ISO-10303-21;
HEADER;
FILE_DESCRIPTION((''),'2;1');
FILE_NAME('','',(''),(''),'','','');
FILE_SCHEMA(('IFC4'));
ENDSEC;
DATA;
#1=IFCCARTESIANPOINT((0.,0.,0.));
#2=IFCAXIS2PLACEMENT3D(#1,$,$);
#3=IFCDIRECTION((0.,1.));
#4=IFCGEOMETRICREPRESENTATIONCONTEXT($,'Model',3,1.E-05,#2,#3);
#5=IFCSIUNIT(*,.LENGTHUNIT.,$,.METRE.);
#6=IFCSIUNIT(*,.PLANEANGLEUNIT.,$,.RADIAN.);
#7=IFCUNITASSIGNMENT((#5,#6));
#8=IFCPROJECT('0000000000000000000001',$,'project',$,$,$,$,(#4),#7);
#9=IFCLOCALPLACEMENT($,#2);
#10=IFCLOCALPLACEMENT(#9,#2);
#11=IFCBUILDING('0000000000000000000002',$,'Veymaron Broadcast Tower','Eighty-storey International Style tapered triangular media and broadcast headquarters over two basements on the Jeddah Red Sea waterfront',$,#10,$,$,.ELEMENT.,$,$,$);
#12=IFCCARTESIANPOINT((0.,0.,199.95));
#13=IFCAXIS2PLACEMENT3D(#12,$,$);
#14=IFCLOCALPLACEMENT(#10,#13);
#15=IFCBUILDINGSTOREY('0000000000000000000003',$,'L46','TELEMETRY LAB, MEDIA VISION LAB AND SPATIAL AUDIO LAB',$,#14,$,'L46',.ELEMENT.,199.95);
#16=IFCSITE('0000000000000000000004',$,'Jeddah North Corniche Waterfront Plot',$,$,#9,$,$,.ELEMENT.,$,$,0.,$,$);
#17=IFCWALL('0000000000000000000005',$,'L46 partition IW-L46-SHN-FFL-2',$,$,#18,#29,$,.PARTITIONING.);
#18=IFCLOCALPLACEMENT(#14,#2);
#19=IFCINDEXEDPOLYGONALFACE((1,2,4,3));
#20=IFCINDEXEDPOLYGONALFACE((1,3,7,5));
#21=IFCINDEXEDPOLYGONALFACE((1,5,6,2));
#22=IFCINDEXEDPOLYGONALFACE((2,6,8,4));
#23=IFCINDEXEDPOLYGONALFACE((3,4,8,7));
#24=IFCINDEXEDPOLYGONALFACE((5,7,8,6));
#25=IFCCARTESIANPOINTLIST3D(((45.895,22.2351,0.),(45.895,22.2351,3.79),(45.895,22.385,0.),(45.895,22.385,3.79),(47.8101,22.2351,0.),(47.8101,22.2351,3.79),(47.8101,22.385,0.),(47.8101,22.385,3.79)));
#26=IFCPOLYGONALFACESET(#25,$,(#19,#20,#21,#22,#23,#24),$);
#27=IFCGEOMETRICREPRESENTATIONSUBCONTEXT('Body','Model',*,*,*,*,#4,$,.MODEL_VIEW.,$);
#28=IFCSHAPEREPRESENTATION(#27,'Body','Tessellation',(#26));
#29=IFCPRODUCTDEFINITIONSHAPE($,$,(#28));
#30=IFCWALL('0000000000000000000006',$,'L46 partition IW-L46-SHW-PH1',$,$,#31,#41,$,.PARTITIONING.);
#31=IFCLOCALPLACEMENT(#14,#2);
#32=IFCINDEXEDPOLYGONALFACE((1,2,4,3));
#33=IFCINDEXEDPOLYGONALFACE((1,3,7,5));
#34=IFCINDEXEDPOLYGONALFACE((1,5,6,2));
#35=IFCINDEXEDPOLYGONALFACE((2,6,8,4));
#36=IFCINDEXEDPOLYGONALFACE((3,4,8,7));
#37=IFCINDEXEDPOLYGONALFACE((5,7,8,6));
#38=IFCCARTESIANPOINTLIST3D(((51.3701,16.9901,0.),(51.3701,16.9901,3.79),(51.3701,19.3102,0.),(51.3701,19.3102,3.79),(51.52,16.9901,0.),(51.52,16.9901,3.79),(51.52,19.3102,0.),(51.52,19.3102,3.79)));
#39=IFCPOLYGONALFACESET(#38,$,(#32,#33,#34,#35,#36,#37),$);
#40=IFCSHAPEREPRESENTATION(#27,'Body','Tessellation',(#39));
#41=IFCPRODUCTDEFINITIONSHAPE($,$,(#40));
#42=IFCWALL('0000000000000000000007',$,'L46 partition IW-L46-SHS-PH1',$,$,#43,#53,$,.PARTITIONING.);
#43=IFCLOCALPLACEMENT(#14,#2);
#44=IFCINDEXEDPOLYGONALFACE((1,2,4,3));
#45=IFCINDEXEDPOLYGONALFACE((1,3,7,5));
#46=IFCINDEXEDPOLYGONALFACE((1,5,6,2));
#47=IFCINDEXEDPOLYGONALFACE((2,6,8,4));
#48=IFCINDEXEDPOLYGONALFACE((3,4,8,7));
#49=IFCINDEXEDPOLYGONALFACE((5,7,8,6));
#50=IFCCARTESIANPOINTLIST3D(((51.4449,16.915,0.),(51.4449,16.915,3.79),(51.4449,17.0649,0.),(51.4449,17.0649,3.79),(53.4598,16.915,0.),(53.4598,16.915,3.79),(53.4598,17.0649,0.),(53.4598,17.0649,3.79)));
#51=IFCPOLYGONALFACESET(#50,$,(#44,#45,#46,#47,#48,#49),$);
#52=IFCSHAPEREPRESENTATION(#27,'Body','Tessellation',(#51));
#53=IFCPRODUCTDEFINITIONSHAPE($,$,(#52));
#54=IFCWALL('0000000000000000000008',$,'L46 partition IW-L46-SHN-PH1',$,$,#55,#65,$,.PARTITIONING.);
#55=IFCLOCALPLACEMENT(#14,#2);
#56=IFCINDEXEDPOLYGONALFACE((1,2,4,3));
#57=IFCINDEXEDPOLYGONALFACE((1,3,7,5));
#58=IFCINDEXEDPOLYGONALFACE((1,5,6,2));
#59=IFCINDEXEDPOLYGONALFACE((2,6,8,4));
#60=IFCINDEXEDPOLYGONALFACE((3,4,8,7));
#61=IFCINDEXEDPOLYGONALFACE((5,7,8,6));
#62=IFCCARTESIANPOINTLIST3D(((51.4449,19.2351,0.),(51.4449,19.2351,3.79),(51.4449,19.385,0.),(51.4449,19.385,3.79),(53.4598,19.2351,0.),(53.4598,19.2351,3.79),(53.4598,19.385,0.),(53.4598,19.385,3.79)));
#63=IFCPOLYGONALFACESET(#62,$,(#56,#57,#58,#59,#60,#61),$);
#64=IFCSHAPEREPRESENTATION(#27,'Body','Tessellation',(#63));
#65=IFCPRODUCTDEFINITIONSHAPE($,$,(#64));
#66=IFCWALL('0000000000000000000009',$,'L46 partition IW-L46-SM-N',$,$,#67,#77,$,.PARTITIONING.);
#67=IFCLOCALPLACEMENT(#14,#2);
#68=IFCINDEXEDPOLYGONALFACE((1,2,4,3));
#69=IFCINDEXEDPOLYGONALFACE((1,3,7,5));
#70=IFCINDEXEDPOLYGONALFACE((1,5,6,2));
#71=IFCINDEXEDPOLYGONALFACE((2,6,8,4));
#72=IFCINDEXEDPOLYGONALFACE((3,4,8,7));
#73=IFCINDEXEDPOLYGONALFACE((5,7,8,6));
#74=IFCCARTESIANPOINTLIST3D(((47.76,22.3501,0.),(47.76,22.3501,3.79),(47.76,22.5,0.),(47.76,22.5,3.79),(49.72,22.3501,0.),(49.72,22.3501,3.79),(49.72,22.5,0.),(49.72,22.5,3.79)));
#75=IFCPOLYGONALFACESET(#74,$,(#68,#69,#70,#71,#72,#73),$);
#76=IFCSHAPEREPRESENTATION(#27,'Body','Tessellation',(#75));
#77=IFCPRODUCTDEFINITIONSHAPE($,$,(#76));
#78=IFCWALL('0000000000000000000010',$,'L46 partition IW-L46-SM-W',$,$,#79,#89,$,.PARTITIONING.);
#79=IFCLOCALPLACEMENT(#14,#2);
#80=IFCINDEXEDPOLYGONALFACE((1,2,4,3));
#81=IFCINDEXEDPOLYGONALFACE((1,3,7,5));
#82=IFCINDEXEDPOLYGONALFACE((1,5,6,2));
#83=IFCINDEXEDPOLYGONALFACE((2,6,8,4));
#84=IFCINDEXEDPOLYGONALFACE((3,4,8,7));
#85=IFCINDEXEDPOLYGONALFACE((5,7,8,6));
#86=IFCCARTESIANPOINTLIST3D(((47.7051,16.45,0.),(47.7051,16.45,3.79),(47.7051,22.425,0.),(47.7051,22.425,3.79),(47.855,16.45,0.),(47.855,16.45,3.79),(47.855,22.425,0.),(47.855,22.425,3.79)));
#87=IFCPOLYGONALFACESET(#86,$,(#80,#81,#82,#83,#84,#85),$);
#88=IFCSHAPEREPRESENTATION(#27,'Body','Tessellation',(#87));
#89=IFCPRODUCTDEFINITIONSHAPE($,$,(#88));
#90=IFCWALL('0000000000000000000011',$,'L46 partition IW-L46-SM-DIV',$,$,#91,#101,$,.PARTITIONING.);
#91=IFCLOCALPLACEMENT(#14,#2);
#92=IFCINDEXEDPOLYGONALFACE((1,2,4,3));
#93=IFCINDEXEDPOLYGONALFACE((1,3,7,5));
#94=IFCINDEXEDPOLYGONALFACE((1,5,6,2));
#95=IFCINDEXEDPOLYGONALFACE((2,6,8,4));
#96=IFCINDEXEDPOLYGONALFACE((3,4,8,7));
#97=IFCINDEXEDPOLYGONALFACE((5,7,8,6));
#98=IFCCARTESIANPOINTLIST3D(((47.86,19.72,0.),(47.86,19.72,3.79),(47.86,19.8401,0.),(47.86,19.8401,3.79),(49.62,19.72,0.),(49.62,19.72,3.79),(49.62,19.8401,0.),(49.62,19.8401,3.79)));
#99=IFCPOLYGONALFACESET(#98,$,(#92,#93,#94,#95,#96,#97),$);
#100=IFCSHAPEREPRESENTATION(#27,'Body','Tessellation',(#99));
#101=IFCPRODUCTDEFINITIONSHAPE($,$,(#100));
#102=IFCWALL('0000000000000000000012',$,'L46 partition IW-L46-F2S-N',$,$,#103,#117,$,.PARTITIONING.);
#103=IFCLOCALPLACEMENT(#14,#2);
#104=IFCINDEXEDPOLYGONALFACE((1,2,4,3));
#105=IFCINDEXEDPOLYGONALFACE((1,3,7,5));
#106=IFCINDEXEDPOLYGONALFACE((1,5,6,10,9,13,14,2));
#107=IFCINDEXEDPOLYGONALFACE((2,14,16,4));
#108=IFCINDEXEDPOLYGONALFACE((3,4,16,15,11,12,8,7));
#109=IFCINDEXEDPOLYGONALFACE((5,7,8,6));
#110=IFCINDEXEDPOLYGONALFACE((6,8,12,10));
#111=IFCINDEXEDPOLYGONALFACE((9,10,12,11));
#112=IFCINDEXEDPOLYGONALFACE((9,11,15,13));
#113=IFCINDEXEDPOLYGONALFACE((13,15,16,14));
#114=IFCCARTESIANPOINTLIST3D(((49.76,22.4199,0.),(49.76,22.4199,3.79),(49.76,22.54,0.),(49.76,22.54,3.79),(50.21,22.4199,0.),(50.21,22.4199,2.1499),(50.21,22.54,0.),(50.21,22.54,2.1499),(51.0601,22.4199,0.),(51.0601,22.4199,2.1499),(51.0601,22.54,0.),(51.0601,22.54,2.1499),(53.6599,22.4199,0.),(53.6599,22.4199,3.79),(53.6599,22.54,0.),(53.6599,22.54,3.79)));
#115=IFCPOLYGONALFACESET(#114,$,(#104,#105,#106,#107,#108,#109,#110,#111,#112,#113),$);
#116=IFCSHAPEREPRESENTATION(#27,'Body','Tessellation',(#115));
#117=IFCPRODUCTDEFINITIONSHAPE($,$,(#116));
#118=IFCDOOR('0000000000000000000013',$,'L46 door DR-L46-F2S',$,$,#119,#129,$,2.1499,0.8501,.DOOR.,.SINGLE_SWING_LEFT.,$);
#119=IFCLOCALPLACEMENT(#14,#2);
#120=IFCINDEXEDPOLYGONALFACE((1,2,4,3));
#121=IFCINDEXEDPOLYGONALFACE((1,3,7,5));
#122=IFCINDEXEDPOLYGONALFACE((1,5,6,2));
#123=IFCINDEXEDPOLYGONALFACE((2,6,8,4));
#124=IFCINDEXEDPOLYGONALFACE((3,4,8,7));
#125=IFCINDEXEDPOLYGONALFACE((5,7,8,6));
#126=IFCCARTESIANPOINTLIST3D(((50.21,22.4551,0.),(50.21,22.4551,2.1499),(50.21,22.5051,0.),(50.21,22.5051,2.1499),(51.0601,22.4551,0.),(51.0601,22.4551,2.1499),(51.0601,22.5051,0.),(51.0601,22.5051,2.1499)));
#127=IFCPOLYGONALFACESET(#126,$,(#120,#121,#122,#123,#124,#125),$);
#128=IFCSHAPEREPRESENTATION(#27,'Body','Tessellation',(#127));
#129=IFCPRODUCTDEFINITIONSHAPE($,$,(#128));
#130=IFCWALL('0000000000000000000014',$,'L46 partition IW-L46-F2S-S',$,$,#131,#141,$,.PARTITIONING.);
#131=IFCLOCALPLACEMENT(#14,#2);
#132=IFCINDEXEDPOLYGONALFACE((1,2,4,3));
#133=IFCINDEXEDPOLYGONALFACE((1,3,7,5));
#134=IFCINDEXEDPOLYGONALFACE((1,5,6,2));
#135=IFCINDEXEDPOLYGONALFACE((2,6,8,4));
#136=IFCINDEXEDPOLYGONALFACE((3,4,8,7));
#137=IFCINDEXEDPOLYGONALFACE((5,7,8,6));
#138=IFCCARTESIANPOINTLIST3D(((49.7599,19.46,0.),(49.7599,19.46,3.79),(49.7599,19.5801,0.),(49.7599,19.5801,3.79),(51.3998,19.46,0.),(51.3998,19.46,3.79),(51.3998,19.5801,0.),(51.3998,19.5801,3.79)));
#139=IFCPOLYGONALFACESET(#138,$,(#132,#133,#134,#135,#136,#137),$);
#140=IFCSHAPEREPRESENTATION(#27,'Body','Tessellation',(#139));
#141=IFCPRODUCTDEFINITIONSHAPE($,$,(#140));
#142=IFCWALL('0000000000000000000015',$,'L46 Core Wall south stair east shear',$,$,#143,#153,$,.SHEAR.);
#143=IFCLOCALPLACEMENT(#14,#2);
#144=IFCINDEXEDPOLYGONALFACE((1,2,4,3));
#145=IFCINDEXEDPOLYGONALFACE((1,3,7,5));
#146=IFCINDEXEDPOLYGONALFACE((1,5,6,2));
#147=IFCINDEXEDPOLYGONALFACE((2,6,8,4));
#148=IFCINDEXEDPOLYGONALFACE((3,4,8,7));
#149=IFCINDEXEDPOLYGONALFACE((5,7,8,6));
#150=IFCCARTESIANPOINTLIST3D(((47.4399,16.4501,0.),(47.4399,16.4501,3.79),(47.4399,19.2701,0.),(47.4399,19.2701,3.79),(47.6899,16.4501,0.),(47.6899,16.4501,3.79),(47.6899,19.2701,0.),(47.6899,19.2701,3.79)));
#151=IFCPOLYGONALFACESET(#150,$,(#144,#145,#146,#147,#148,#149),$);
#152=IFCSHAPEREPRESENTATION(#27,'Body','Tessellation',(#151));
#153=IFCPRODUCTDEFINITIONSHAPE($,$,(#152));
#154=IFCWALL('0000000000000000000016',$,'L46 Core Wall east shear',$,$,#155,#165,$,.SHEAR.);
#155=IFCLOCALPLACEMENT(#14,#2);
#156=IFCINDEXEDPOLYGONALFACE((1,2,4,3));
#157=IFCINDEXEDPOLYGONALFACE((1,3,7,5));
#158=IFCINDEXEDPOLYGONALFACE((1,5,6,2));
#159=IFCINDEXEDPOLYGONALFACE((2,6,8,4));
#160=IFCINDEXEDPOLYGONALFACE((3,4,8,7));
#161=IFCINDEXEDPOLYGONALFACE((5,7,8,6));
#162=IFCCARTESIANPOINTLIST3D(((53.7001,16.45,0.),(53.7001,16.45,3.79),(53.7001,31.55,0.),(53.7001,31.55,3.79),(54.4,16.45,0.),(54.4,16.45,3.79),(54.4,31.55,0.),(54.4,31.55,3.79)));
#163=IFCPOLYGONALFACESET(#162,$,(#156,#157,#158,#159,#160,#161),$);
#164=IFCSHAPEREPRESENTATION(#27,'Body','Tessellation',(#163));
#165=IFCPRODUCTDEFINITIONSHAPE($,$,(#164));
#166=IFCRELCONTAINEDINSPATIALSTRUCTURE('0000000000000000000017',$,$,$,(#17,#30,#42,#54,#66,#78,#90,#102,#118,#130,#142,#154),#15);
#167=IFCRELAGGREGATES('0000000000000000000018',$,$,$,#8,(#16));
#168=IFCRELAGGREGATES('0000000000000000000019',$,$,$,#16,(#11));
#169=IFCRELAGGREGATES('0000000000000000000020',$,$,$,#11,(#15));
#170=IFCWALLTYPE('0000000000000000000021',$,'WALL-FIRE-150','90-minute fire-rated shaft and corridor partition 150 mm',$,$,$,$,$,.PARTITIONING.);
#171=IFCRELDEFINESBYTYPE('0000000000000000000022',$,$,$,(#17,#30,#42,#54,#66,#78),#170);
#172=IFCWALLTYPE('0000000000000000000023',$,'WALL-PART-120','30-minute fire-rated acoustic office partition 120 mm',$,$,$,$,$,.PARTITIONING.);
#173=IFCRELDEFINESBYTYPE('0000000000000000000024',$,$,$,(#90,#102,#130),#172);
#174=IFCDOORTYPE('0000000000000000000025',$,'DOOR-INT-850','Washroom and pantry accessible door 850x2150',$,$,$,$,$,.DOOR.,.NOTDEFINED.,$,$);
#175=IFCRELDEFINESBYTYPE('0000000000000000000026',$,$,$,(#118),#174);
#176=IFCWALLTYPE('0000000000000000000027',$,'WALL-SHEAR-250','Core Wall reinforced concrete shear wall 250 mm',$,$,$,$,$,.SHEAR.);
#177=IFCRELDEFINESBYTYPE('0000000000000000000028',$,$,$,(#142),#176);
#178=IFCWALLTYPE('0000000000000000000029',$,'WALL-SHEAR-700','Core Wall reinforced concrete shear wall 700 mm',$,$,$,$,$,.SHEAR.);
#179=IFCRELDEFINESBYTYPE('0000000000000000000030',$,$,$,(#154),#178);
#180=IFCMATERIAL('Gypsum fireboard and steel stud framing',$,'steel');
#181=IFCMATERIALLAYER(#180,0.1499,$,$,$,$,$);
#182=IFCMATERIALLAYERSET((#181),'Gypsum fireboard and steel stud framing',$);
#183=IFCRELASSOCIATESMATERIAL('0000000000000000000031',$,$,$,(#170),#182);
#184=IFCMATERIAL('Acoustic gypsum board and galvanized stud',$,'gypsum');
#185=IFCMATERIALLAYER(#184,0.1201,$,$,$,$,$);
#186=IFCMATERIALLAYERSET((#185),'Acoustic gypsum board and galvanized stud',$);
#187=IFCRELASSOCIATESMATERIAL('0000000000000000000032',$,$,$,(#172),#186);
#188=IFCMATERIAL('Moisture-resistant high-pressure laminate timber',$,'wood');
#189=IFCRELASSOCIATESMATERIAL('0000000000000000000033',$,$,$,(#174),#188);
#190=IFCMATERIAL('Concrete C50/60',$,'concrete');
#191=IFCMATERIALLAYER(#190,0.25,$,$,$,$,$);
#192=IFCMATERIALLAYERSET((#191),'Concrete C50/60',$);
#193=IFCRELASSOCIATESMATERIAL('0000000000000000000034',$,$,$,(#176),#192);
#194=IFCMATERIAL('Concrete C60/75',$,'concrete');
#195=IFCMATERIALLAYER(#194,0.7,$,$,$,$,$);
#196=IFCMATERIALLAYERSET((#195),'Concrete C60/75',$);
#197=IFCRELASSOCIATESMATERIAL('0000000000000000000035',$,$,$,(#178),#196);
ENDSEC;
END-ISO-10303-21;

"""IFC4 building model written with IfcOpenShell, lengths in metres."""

from ifc_helpers import new_model, si_unit, direction, frame, frame_2d, origin, place, context, subcontext, project, spatial, rectangle, extrude, material, layer, layer_set, type_object, element, fill, save


model = new_model("IFC4")

# Units and contexts
model_context = context("Model", 3, precision=1e-05, world=origin(), true_north=direction((0.0, 1.0)))
body_context = subcontext(model_context, "Body", "Model", "MODEL_VIEW")
ifc_project = project(units=[si_unit("LENGTHUNIT", "METRE"), si_unit("PLANEANGLEUNIT", "RADIAN")], contexts=[model_context])

# Site, building, storey
site_placement = place(None, origin())
site = spatial("IfcSite", under=ifc_project, at=site_placement, Name="Jeddah North Corniche Waterfront Plot", CompositionType="ELEMENT", RefElevation=0.0)
building_placement = place(site_placement, origin())
building = spatial("IfcBuilding", under=site, at=building_placement, Name="Veymaron Broadcast Tower", Description="Eighty-storey International Style tapered triangular media and broadcast headquarters over two basements on the Jeddah Red Sea waterfront", CompositionType="ELEMENT")
storey_placement = place(building_placement, frame((0.0, 0.0, 199.95)))
storey = spatial("IfcBuildingStorey", under=building, at=storey_placement, Name="L46", Description="TELEMETRY LAB, MEDIA VISION LAB AND SPATIAL AUDIO LAB", LongName="L46", CompositionType="ELEMENT", Elevation=199.95)

# Wall
ifc_material_1 = material(Name="Gypsum fireboard and steel stud framing", Category="steel")
ifc_layer_1 = layer(ifc_material_1, 0.1499)
ifc_layer_set_1 = layer_set([ifc_layer_1], Name="Gypsum fireboard and steel stud framing")
wall_type_1 = type_object("IfcWallType", Name="WALL-FIRE-150", Description="90-minute fire-rated shaft and corridor partition 150 mm", PredefinedType="PARTITIONING", material=ifc_layer_set_1)
wall_1_placement = place(storey_placement, frame((45.895, 22.3101, 0.0), z_axis=(0.0, 0.0, 1.0), x_axis=(1.0, 0.0, 0.0)))
element("IfcWall", 1, at=wall_1_placement, inside=storey, type_object=wall_type_1, Name="L46 partition IW-L46-SHN-FFL-2", PredefinedType="PARTITIONING", context=body_context, shape_type="SweptSolid", body=[
    extrude(rectangle(XDim=1.915, YDim=0.1499, at=frame_2d((0.9575, 0.0))), origin(), (0.0, 0.0, 1.0), 3.79),
])

# Walls
wall_2_placement = place(storey_placement, frame((51.4451, 16.99, 0.0), z_axis=(0.0, 0.0, 1.0), x_axis=(0.0, 1.0, 0.0)))
element("IfcWall", 2, at=wall_2_placement, inside=storey, type_object=wall_type_1, Name="L46 partition IW-L46-SHW-PH1", PredefinedType="PARTITIONING", context=body_context, shape_type="SweptSolid", body=[
    extrude(rectangle(XDim=2.3201, YDim=0.1499, at=frame_2d((1.1602, 0.0))), origin(), (0.0, 0.0, 1.0), 3.79),
])
for number, where, z_axis, x_axis, name in (
    (3, (51.4451, 16.99, 0.0), (0.0, 0.0, 1.0), (1.0, 0.0, 0.0), "L46 partition IW-L46-SHS-PH1"),
    (4, (51.4451, 19.3101, 0.0), (0.0, 0.0, 1.0), (1.0, 0.0, 0.0), "L46 partition IW-L46-SHN-PH1"),
):
    element("IfcWall", number, at=place(storey_placement, frame(where, z_axis=z_axis, x_axis=x_axis)), inside=storey, type_object=wall_type_1, Name=name, PredefinedType="PARTITIONING", context=body_context, shape_type="SweptSolid", body=[
        extrude(rectangle(XDim=2.0149, YDim=0.1499, at=frame_2d((1.0073, 0.0))), origin(), (0.0, 0.0, 1.0), 3.79),
    ])

# Walls
wall_3_placement = place(storey_placement, frame((47.76, 22.425, 0.0), z_axis=(0.0, 0.0, 1.0), x_axis=(1.0, 0.0, 0.0)))
element("IfcWall", 5, at=wall_3_placement, inside=storey, type_object=wall_type_1, Name="L46 partition IW-L46-SM-N", PredefinedType="PARTITIONING", context=body_context, shape_type="SweptSolid", body=[
    extrude(rectangle(XDim=1.96, YDim=0.1499, at=frame_2d((0.98, 0.0))), origin(), (0.0, 0.0, 1.0), 3.79),
])
wall_4_placement = place(storey_placement, frame((47.78, 16.45, 0.0), z_axis=(0.0, 0.0, 1.0), x_axis=(0.0, 1.0, 0.0)))
element("IfcWall", 6, at=wall_4_placement, inside=storey, type_object=wall_type_1, Name="L46 partition IW-L46-SM-W", PredefinedType="PARTITIONING", context=body_context, shape_type="SweptSolid", body=[
    extrude(rectangle(XDim=5.9751, YDim=0.1499, at=frame_2d((2.9875, 0.0))), origin(), (0.0, 0.0, 1.0), 3.79),
])
ifc_material_2 = material(Name="Acoustic gypsum board and galvanized stud", Category="gypsum")
ifc_layer_2 = layer(ifc_material_2, 0.1201)
ifc_layer_set_2 = layer_set([ifc_layer_2], Name="Acoustic gypsum board and galvanized stud")
wall_type_2 = type_object("IfcWallType", Name="WALL-PART-120", Description="30-minute fire-rated acoustic office partition 120 mm", PredefinedType="PARTITIONING", material=ifc_layer_set_2)
wall_5_placement = place(storey_placement, frame((47.8601, 19.78, 0.0), z_axis=(0.0, 0.0, 1.0), x_axis=(1.0, 0.0, 0.0)))
element("IfcWall", 7, at=wall_5_placement, inside=storey, type_object=wall_type_2, Name="L46 partition IW-L46-SM-DIV", PredefinedType="PARTITIONING", context=body_context, shape_type="SweptSolid", body=[
    extrude(rectangle(XDim=1.76, YDim=0.1201, at=frame_2d((0.8799, 0.0))), origin(), (0.0, 0.0, 1.0), 3.79),
])

# Shared definitions
ifc_material_3 = material(Name="Moisture-resistant high-pressure laminate timber", Category="wood")
door_type_1 = type_object("IfcDoorType", Name="DOOR-INT-850", Description="Washroom and pantry accessible door 850x2150", OperationType="NOTDEFINED", PredefinedType="DOOR", material=ifc_material_3)

# Wall, opening, door
wall_6_placement = place(storey_placement, frame((49.76, 22.48, 0.0), z_axis=(0.0, 0.0, 1.0), x_axis=(1.0, 0.0, 0.0)))
wall_6 = element("IfcWall", 8, at=wall_6_placement, inside=storey, type_object=wall_type_2, Name="L46 partition IW-L46-F2S-N", PredefinedType="PARTITIONING", context=body_context, shape_type="SweptSolid", body=[
    extrude(rectangle(XDim=3.8999, YDim=0.1201, at=frame_2d((1.95, 0.0))), origin(), (0.0, 0.0, 1.0), 3.79),
])
opening_1_placement = place(wall_6_placement, frame((0.45, 0.0, 0.0)))
opening_1 = element("IfcOpeningElement", 9, at=opening_1_placement, cuts=wall_6, PredefinedType="OPENING", context=body_context, shape_type="SweptSolid", body=[
    extrude(rectangle(XDim=0.8501, YDim=2.1499, at=frame_2d((0.425, 1.075))), frame((0.0, 0.0701, 0.0), z_axis=(0.0, -1.0, 0.0), x_axis=(1.0, 0.0, 0.0)), (0.0, 0.0, 1.0), 0.1401),
])
door_1_placement = place(opening_1_placement, frame((0.8501, 0.0, 0.0), z_axis=(0.0, 0.0, 1.0), x_axis=(-1.0, 0.0, 0.0)))
door_1 = element("IfcDoor", 10, at=door_1_placement, inside=storey, type_object=door_type_1, Name="L46 door DR-L46-F2S", OperationType="SINGLE_SWING_LEFT", OverallHeight=2.1499, OverallWidth=0.8501, PredefinedType="DOOR", context=body_context, shape_type="SweptSolid", body=[
    extrude(rectangle(XDim=0.8501, YDim=2.1499, at=frame_2d((0.425, 1.075))), frame((0.0, 0.0249, 0.0), z_axis=(0.0, -1.0, 0.0), x_axis=(1.0, 0.0, 0.0)), (0.0, 0.0, 1.0), 0.05),
])
fill(opening_1, door_1)

# Walls
wall_7_placement = place(storey_placement, frame((49.76, 19.52, 0.0), z_axis=(0.0, 0.0, 1.0), x_axis=(1.0, 0.0, 0.0)))
element("IfcWall", 11, at=wall_7_placement, inside=storey, type_object=wall_type_2, Name="L46 partition IW-L46-F2S-S", PredefinedType="PARTITIONING", context=body_context, shape_type="SweptSolid", body=[
    extrude(rectangle(XDim=1.6399, YDim=0.1201, at=frame_2d((0.8198, 0.0))), origin(), (0.0, 0.0, 1.0), 3.79),
])
ifc_material_4 = material(Name="Concrete C50/60", Category="concrete")
ifc_layer_3 = layer(ifc_material_4, 0.25)
ifc_layer_set_3 = layer_set([ifc_layer_3], Name="Concrete C50/60")
wall_type_3 = type_object("IfcWallType", Name="WALL-SHEAR-250", Description="Core Wall reinforced concrete shear wall 250 mm", PredefinedType="SHEAR", material=ifc_layer_set_3)
wall_8_placement = place(storey_placement, frame((47.5649, 16.45, 0.0), z_axis=(0.0, 0.0, 1.0), x_axis=(0.0, 1.0, 0.0)))
element("IfcWall", 12, at=wall_8_placement, inside=storey, type_object=wall_type_3, Name="L46 Core Wall south stair east shear", PredefinedType="SHEAR", context=body_context, shape_type="SweptSolid", body=[
    extrude(rectangle(XDim=2.8201, YDim=0.25, at=frame_2d((1.4102, 0.0))), origin(), (0.0, 0.0, 1.0), 3.79),
])
ifc_material_5 = material(Name="Concrete C60/75", Category="concrete")
ifc_layer_4 = layer(ifc_material_5, 0.7)
ifc_layer_set_4 = layer_set([ifc_layer_4], Name="Concrete C60/75")
wall_type_4 = type_object("IfcWallType", Name="WALL-SHEAR-700", Description="Core Wall reinforced concrete shear wall 700 mm", PredefinedType="SHEAR", material=ifc_layer_set_4)
wall_9_placement = place(storey_placement, frame((54.05, 16.45, 0.0), z_axis=(0.0, 0.0, 1.0), x_axis=(0.0, 1.0, 0.0)))
element("IfcWall", 13, at=wall_9_placement, inside=storey, type_object=wall_type_4, Name="L46 Core Wall east shear", PredefinedType="SHEAR", context=body_context, shape_type="SweptSolid", body=[
    extrude(rectangle(XDim=15.1001, YDim=0.7, at=frame_2d((7.55, 0.0))), origin(), (0.0, 0.0, 1.0), 3.79),
])

save(model, "model.ifc")
